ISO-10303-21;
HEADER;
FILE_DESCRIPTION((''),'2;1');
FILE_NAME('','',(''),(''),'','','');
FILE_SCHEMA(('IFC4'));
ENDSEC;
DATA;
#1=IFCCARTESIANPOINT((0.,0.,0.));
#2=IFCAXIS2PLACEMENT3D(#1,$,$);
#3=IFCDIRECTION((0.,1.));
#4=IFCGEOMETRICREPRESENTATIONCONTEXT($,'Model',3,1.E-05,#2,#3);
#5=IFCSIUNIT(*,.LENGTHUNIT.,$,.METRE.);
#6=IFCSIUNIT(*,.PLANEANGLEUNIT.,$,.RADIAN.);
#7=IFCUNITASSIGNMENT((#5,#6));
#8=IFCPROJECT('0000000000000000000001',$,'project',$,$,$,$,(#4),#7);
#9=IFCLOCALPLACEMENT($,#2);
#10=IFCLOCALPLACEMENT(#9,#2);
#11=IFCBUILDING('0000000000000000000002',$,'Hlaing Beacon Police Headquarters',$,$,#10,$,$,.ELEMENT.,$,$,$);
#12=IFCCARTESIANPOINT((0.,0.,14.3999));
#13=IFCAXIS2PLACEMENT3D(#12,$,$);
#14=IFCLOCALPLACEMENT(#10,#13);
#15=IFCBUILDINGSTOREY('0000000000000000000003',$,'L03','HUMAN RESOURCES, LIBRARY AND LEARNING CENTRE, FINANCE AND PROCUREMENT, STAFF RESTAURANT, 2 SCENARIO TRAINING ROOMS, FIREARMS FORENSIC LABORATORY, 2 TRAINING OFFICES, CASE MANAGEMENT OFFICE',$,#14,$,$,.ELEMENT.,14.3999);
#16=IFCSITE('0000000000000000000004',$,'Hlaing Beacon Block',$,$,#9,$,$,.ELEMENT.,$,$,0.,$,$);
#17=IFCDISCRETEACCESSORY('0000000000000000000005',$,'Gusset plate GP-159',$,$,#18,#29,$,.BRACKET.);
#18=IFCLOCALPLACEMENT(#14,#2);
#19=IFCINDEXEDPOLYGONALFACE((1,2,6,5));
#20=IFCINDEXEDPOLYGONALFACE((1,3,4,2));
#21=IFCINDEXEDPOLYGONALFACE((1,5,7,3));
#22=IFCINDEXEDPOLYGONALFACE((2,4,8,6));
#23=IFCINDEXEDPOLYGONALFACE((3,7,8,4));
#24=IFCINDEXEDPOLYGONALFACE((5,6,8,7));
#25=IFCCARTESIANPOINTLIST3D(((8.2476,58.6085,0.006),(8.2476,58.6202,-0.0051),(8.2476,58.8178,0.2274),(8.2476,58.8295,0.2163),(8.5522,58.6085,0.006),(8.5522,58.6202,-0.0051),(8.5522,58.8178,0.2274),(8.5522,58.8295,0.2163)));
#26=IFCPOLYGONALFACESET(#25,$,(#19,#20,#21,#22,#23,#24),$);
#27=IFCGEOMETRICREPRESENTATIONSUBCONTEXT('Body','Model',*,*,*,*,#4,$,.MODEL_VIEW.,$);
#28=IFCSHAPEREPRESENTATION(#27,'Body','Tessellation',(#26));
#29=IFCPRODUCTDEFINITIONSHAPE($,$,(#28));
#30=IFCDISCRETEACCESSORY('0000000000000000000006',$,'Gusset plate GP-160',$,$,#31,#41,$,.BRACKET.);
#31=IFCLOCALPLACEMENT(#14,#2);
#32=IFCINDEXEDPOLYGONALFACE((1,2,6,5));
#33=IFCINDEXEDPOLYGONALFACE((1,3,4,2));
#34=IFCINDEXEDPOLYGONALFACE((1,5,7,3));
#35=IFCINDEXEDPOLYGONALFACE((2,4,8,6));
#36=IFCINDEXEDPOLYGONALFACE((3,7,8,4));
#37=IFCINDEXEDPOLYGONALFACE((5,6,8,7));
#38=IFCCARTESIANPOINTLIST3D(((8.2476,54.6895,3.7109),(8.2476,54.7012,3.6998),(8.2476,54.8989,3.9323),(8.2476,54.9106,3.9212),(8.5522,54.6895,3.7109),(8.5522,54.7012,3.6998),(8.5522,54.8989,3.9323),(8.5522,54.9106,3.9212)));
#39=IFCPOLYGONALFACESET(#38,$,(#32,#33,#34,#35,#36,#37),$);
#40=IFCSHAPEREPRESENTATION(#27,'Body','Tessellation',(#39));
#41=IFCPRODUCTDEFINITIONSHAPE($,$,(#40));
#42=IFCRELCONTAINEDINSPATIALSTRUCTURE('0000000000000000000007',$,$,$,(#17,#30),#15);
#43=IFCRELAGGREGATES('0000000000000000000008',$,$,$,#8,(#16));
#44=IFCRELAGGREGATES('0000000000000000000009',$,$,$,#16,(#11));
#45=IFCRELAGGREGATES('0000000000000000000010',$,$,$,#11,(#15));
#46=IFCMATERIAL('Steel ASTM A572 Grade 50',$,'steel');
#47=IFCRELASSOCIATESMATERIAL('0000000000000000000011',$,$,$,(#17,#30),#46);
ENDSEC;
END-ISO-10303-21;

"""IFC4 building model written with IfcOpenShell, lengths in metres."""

from ifc_helpers import new_model, si_unit, direction, frame, origin, origin_2d, place, context, subcontext, project, spatial, rectangle, extrude, material, element, save


model = new_model("IFC4")

# Units and contexts
model_context = context("Model", 3, precision=1e-05, world=origin(), true_north=direction((0.0, 1.0)))
body_context = subcontext(model_context, "Body", "Model", "MODEL_VIEW")
ifc_project = project(units=[si_unit("LENGTHUNIT", "METRE"), si_unit("PLANEANGLEUNIT", "RADIAN")], contexts=[model_context])

# Site, building, storey
site_placement = place(None, origin())
site = spatial("IfcSite", under=ifc_project, at=site_placement, Name="Hlaing Beacon Block", CompositionType="ELEMENT", RefElevation=0.0)
building_placement = place(site_placement, origin())
building = spatial("IfcBuilding", under=site, at=building_placement, Name="Hlaing Beacon Police Headquarters", CompositionType="ELEMENT")
storey_placement = place(building_placement, frame((0.0, 0.0, 14.3999)))
storey = spatial("IfcBuildingStorey", under=building, at=storey_placement, Name="L03", Description="HUMAN RESOURCES, LIBRARY AND LEARNING CENTRE, FINANCE AND PROCUREMENT, STAFF RESTAURANT, 2 SCENARIO TRAINING ROOMS, FIREARMS FORENSIC LABORATORY, 2 TRAINING OFFICES, CASE MANAGEMENT OFFICE", CompositionType="ELEMENT", Elevation=14.3999)

# Discrete accessories
ifc_material_1 = material(Name="Steel ASTM A572 Grade 50", Category="steel")
for number, where, z_axis, x_axis, name in (
    (1, (8.3999, 58.7131, 0.1167), (0.0, 0.726657, -0.687001), (-1.0, 0.0, 0.0), "Gusset plate GP-159"),
    (2, (8.3999, 54.8059, 3.8105), (0.0, -0.726657, 0.687001), (1.0, 0.0, 0.0), "Gusset plate GP-160"),
):
    element("IfcDiscreteAccessory", number, at=place(storey_placement, frame(where, z_axis=z_axis, x_axis=x_axis)), inside=storey, material=ifc_material_1, Name=name, PredefinedType="BRACKET", context=body_context, shape_type="SweptSolid", body=[
        extrude(rectangle(XDim=0.3047, YDim=0.3047, at=origin_2d()), origin(), (0.0, 0.0, 1.0), 0.0161),
    ])

save(model, "model.ifc")
